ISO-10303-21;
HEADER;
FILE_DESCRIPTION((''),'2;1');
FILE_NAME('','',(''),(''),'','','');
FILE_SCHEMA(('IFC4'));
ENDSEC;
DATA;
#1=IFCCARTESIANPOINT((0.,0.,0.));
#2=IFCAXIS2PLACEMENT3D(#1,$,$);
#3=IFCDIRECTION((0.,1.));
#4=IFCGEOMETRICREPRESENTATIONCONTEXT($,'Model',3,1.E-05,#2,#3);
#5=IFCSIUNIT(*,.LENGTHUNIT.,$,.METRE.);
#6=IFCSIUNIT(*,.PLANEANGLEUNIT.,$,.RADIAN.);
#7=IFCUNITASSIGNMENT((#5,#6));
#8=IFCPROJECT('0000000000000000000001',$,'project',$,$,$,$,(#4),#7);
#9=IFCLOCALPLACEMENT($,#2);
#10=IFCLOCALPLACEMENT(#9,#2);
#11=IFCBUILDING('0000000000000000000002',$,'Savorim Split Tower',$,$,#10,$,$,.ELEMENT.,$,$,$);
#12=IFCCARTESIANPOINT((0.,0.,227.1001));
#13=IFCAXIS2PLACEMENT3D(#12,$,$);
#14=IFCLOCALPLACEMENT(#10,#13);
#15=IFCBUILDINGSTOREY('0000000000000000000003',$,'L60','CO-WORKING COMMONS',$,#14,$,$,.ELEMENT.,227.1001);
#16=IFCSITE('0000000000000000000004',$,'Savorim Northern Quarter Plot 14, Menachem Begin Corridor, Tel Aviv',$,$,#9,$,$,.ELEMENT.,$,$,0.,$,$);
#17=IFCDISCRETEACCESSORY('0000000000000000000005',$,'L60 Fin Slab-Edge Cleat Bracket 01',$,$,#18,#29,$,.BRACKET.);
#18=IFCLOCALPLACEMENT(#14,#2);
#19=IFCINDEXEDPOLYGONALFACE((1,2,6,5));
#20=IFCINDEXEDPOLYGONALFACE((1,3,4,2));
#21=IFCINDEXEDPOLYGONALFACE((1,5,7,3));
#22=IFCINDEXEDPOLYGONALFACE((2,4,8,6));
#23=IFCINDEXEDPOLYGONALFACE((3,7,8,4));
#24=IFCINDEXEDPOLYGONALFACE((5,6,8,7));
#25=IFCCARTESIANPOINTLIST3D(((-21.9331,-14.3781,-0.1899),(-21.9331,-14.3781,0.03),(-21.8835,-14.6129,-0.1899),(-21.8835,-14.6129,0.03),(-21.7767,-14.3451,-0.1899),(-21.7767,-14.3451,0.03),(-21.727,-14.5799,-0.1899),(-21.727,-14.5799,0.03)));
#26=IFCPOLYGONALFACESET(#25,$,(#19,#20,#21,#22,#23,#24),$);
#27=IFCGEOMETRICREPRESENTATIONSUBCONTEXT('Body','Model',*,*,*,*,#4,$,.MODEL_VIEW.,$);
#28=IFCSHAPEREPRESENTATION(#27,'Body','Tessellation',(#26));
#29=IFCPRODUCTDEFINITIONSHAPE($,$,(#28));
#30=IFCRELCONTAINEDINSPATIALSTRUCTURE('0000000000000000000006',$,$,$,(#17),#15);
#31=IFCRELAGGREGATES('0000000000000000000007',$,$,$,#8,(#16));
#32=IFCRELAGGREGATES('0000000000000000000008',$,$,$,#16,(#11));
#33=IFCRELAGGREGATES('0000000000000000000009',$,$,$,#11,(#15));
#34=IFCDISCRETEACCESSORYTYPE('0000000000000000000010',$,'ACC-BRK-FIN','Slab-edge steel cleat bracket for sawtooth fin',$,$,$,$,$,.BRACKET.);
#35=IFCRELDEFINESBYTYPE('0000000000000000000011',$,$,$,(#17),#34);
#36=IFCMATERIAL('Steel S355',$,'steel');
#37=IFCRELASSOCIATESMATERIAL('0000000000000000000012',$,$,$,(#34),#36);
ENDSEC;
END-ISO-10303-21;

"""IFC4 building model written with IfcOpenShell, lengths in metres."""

from ifc_helpers import new_model, si_unit, direction, frame, origin, origin_2d, place, context, subcontext, project, spatial, rectangle, extrude, material, type_object, element, save


model = new_model("IFC4")

# Units and contexts
model_context = context("Model", 3, precision=1e-05, world=origin(), true_north=direction((0.0, 1.0)))
body_context = subcontext(model_context, "Body", "Model", "MODEL_VIEW")
ifc_project = project(units=[si_unit("LENGTHUNIT", "METRE"), si_unit("PLANEANGLEUNIT", "RADIAN")], contexts=[model_context])

# Site, building, storey
site_placement = place(None, origin())
site = spatial("IfcSite", under=ifc_project, at=site_placement, Name="Savorim Northern Quarter Plot 14, Menachem Begin Corridor, Tel Aviv", CompositionType="ELEMENT", RefElevation=0.0)
building_placement = place(site_placement, origin())
building = spatial("IfcBuilding", under=site, at=building_placement, Name="Savorim Split Tower", CompositionType="ELEMENT")
storey_placement = place(building_placement, frame((0.0, 0.0, 227.1001)))
storey = spatial("IfcBuildingStorey", under=building, at=storey_placement, Name="L60", Description="CO-WORKING COMMONS", CompositionType="ELEMENT", Elevation=227.1001)

# Discrete accessory
ifc_material_1 = material(Name="Steel S355", Category="steel")
discrete_accessory_type = type_object("IfcDiscreteAccessoryType", Name="ACC-BRK-FIN", Description="Slab-edge steel cleat bracket for sawtooth fin", PredefinedType="BRACKET", material=ifc_material_1)
discrete_accessory_placement = place(storey_placement, frame((-21.8301, -14.479, -0.1899), z_axis=(0.0, 0.0, 1.0), x_axis=(0.206722, -0.9784, 0.0)))
element("IfcDiscreteAccessory", 1, at=discrete_accessory_placement, inside=storey, type_object=discrete_accessory_type, Name="L60 Fin Slab-Edge Cleat Bracket 01", PredefinedType="BRACKET", context=body_context, shape_type="SweptSolid", body=[
    extrude(rectangle(XDim=0.24, YDim=0.1599, at=origin_2d()), origin(), (0.0, 0.0, 1.0), 0.22),
])

save(model, "model.ifc")
